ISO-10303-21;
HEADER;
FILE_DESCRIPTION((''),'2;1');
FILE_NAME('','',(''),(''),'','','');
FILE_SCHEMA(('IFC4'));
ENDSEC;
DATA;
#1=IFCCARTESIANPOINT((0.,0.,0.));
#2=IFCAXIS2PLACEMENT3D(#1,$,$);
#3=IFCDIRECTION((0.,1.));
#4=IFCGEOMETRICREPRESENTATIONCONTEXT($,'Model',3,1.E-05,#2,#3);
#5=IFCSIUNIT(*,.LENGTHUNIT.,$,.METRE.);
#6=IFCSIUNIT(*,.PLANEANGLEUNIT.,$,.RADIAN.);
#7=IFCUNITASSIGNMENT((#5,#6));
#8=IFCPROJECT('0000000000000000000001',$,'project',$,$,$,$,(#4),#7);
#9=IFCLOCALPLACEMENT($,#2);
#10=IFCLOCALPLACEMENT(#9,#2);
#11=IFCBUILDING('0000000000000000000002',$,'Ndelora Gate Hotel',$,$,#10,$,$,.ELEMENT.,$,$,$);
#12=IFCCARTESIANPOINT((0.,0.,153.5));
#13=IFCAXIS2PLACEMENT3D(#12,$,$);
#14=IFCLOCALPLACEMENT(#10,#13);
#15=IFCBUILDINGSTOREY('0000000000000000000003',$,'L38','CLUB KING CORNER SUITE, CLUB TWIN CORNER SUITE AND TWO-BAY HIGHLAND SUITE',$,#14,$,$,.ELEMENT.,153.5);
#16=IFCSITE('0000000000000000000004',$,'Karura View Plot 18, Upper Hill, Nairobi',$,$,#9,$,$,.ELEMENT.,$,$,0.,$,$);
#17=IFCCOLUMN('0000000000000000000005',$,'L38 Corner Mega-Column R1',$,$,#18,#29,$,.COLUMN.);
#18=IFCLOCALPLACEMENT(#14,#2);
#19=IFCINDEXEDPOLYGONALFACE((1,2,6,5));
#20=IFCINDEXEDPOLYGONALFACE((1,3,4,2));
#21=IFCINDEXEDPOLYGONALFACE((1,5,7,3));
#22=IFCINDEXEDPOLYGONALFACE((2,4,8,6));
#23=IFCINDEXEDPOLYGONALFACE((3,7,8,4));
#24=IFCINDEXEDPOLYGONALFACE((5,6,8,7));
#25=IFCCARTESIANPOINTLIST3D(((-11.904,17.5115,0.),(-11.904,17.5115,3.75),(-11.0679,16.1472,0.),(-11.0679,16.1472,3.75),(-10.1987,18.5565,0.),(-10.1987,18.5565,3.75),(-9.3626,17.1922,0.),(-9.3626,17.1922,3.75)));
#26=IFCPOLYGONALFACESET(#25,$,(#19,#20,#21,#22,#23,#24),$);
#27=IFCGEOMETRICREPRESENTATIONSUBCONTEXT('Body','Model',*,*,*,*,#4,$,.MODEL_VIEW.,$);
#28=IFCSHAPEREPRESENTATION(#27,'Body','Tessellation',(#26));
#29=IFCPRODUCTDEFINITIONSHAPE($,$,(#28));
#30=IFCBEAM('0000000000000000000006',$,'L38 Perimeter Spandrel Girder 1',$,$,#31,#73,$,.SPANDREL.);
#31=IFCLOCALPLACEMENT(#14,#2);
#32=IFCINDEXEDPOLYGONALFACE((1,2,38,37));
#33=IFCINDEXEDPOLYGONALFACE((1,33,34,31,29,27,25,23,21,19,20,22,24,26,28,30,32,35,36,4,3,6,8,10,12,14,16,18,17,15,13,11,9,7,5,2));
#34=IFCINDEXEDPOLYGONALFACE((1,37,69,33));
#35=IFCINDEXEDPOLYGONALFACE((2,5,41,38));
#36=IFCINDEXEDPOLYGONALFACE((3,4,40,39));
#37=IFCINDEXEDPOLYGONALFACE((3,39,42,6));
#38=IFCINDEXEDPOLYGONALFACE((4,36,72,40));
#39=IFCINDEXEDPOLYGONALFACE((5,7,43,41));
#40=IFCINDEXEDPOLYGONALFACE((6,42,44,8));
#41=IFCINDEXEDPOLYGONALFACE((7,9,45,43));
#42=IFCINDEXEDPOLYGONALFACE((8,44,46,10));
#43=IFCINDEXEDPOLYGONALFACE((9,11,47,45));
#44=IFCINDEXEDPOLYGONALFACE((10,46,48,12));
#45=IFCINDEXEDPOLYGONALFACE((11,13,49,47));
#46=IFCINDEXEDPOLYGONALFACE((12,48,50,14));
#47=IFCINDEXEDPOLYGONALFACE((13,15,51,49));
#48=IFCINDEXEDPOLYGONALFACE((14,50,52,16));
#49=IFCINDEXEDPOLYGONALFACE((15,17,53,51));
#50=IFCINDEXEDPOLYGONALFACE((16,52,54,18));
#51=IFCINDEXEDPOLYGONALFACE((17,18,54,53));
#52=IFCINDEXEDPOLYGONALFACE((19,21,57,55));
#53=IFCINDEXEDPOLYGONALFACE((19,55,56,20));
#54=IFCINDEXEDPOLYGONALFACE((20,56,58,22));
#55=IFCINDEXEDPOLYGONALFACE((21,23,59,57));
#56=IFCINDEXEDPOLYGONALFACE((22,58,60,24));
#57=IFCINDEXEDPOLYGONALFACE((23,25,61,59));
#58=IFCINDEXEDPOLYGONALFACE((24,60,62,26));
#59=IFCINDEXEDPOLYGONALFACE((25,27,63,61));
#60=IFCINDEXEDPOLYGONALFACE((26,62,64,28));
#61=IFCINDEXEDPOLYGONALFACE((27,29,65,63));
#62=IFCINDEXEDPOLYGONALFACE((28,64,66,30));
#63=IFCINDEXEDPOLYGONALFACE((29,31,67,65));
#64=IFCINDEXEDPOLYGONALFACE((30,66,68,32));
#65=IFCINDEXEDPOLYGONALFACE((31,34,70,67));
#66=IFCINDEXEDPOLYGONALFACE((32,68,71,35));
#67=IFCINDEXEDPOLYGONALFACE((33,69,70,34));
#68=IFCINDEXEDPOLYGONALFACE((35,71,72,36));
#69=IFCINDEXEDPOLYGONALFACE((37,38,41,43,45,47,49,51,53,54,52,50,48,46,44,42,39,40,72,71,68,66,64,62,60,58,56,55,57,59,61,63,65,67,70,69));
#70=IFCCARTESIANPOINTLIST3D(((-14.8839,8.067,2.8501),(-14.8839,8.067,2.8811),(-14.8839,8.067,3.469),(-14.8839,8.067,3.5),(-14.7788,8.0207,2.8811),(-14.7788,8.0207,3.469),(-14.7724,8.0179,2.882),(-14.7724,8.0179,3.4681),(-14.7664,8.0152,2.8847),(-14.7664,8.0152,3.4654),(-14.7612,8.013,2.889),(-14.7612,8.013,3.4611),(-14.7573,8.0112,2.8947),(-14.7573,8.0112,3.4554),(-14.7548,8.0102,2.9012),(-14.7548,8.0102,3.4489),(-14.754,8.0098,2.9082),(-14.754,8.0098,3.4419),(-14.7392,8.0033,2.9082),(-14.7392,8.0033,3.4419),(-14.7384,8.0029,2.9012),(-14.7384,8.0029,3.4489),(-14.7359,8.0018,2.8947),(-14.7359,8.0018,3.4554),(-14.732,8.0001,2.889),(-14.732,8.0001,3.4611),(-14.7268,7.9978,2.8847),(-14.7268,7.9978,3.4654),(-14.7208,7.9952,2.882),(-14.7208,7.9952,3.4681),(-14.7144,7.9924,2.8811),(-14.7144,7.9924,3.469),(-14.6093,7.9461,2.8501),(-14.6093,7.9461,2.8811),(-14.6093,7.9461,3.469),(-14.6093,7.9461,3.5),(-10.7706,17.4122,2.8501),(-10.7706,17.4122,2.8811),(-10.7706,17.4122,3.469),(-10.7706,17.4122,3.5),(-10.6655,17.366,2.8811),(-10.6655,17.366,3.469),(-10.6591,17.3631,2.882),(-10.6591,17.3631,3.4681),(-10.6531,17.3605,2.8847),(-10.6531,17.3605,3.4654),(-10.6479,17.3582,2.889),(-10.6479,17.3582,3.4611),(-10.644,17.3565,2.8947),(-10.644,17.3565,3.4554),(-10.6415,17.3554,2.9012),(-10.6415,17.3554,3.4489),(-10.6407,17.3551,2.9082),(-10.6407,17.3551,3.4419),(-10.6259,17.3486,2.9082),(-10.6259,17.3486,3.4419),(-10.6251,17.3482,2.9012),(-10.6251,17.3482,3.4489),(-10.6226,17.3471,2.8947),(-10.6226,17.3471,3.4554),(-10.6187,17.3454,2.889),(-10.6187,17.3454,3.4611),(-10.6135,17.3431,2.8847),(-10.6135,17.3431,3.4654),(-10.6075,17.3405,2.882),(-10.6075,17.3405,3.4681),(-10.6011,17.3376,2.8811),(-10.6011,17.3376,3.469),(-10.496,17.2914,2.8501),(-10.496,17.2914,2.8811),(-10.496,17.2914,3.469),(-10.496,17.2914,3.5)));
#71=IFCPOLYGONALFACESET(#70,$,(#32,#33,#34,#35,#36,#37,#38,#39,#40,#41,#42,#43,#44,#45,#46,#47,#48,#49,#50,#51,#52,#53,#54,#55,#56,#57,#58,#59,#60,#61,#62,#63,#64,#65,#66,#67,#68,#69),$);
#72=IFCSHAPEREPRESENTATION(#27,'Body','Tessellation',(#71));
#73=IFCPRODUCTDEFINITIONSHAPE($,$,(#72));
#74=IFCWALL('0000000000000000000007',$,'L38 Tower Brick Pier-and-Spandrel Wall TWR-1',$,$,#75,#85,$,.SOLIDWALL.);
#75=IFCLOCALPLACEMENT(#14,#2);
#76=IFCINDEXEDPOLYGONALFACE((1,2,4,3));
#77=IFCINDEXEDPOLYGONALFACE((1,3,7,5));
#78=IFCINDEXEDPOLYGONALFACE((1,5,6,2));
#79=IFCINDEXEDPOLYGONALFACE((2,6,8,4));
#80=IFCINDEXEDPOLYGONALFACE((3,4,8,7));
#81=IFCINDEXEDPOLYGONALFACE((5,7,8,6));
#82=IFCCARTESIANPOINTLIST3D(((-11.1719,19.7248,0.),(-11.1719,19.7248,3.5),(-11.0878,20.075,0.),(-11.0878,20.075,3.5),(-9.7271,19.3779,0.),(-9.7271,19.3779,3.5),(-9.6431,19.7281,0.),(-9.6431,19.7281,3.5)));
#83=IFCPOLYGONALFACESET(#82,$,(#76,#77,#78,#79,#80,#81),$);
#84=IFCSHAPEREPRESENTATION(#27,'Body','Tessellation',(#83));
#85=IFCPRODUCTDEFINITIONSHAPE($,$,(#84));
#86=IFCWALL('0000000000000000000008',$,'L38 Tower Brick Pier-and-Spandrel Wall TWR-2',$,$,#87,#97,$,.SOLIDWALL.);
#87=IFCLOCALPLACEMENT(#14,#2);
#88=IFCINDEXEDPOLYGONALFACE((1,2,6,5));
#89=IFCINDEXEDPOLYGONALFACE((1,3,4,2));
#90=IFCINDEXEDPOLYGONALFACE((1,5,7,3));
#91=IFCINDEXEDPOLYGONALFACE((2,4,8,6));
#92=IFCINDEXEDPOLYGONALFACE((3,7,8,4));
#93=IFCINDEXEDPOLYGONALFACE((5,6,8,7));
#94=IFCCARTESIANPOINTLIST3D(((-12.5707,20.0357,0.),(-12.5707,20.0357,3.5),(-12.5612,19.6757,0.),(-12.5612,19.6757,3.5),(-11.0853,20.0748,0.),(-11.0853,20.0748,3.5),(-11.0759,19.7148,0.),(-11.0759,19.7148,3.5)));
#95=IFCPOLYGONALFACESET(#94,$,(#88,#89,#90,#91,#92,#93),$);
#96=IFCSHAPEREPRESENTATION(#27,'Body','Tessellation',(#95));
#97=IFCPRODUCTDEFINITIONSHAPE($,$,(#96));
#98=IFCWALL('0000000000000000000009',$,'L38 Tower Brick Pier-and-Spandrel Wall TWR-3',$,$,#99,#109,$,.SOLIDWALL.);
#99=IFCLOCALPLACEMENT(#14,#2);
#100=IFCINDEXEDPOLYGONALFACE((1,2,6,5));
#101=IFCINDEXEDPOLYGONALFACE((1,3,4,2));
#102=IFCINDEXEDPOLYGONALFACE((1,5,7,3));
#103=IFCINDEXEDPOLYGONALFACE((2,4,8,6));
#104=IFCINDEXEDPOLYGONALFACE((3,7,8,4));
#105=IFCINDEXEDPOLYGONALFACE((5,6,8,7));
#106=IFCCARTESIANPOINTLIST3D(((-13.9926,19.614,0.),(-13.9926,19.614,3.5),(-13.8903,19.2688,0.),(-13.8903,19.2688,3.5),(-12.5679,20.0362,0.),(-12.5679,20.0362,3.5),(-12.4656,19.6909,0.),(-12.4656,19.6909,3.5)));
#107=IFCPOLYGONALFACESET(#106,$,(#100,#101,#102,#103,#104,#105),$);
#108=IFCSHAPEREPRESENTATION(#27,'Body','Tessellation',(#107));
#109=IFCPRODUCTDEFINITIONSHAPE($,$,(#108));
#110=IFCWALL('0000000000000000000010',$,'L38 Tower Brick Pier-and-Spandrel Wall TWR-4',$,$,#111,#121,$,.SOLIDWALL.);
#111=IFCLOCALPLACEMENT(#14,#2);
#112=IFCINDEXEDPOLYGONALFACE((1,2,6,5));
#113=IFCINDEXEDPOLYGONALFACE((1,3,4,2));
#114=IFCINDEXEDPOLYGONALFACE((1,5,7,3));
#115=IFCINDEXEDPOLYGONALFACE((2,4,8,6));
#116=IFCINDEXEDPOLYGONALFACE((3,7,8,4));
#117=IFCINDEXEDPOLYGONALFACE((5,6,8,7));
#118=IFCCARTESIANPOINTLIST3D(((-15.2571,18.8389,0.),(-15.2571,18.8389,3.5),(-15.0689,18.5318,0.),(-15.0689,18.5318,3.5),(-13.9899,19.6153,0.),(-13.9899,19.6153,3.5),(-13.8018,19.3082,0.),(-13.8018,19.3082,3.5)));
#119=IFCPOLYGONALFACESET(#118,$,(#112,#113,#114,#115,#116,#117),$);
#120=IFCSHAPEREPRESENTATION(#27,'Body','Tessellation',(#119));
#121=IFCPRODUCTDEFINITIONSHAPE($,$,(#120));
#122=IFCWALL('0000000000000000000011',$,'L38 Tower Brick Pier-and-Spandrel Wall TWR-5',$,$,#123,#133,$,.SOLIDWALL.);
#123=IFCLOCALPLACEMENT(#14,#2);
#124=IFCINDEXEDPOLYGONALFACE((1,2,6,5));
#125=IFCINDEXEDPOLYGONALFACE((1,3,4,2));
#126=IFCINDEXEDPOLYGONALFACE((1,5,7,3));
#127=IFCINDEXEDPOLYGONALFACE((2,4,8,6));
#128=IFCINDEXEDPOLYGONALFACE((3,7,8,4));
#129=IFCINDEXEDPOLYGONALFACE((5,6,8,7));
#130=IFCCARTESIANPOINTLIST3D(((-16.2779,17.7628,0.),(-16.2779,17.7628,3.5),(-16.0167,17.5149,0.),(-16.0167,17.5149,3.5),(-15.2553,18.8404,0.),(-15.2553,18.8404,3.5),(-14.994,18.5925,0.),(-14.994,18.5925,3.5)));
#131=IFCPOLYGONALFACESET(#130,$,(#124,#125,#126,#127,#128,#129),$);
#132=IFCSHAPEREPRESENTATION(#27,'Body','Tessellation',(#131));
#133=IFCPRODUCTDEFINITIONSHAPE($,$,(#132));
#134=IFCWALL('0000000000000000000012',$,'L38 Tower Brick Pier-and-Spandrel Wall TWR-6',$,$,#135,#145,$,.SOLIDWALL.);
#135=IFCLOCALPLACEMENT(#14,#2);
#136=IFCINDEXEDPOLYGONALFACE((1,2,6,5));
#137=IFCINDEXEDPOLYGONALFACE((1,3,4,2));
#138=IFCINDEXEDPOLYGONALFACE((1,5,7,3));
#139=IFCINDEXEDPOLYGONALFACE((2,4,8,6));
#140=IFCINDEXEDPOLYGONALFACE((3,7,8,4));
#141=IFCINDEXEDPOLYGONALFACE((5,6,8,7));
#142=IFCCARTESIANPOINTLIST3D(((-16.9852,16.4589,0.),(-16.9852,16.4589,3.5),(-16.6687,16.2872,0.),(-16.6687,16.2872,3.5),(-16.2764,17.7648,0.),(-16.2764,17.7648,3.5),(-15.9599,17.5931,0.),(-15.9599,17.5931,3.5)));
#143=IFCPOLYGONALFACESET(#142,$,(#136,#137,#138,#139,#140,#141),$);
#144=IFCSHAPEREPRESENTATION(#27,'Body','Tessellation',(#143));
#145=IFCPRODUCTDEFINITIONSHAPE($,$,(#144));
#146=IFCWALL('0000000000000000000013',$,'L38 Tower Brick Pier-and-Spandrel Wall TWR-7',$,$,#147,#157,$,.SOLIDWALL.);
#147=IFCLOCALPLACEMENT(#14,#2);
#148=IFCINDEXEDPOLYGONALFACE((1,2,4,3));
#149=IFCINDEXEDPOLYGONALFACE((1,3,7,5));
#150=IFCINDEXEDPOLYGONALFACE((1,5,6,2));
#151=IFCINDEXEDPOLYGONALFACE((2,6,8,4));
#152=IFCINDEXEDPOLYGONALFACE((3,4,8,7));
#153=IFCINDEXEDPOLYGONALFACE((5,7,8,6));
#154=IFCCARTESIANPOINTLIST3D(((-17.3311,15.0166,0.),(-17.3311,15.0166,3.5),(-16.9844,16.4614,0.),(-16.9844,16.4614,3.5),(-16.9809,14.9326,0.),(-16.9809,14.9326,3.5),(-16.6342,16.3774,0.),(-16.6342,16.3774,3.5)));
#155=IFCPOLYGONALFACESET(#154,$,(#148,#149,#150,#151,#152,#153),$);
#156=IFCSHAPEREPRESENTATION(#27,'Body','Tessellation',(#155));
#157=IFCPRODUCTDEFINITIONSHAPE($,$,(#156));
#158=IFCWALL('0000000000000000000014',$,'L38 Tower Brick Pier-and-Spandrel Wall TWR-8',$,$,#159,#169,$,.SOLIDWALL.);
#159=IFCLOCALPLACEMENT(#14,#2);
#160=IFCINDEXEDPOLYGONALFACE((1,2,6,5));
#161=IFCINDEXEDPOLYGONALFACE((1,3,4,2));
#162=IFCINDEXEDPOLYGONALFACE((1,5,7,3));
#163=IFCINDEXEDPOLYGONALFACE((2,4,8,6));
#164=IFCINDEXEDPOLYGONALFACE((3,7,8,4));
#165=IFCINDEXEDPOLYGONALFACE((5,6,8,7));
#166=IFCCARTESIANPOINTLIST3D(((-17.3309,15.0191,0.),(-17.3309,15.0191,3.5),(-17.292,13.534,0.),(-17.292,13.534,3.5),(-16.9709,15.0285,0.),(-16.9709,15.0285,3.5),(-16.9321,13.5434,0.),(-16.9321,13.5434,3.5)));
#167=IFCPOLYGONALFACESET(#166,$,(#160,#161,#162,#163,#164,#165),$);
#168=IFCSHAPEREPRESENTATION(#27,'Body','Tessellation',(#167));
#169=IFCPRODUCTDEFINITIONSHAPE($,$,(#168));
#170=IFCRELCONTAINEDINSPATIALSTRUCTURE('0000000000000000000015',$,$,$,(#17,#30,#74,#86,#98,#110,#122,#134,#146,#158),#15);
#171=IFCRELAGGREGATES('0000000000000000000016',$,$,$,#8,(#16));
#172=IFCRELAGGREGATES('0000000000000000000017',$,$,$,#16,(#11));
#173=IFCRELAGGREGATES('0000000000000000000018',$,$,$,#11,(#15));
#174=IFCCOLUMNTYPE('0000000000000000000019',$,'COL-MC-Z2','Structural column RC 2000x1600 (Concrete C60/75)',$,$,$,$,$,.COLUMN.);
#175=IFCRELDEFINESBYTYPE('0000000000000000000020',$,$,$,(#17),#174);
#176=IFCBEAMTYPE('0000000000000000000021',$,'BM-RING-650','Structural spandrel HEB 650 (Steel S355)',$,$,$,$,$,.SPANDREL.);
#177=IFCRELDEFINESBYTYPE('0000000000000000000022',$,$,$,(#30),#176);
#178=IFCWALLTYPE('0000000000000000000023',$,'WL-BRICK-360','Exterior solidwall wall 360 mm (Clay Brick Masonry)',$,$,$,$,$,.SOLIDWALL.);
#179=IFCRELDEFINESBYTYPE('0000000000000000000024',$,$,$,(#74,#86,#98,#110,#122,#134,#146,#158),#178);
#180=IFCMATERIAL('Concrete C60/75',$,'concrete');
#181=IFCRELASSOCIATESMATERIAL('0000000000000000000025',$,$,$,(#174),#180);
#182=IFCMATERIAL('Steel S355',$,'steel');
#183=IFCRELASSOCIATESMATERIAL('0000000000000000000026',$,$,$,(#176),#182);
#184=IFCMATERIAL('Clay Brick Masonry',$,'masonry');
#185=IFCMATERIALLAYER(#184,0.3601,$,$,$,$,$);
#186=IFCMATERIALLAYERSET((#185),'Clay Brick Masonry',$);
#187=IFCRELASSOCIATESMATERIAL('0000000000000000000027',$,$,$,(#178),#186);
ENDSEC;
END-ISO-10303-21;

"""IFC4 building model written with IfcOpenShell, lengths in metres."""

from ifc_helpers import new_model, si_unit, direction, frame, frame_2d, origin, origin_2d, place, context, subcontext, project, spatial, rectangle, i_section, extrude, material, layer, layer_set, material_profile, profile_set, type_object, element, save


model = new_model("IFC4")

# Units and contexts
model_context = context("Model", 3, precision=1e-05, world=origin(), true_north=direction((0.0, 1.0)))
body_context = subcontext(model_context, "Body", "Model", "MODEL_VIEW")
ifc_project = project(units=[si_unit("LENGTHUNIT", "METRE"), si_unit("PLANEANGLEUNIT", "RADIAN")], contexts=[model_context])

# Site, building, storey
site_placement = place(None, origin())
site = spatial("IfcSite", under=ifc_project, at=site_placement, Name="Karura View Plot 18, Upper Hill, Nairobi", CompositionType="ELEMENT", RefElevation=0.0)
building_placement = place(site_placement, origin())
building = spatial("IfcBuilding", under=site, at=building_placement, Name="Ndelora Gate Hotel", CompositionType="ELEMENT")
storey_placement = place(building_placement, frame((0.0, 0.0, 153.5)))
storey = spatial("IfcBuildingStorey", under=building, at=storey_placement, Name="L38", Description="CLUB KING CORNER SUITE, CLUB TWIN CORNER SUITE AND TWO-BAY HIGHLAND SUITE", CompositionType="ELEMENT", Elevation=153.5)

# Column
ifc_material_1 = material(Name="Concrete C60/75", Category="concrete")
ifc_material_profile_1 = material_profile(ifc_material_1, rectangle(XDim=1.6001, YDim=2.0, at=origin_2d()), Name="RC 2000x1600")
ifc_profile_set_1 = profile_set([ifc_material_profile_1], Name="Concrete C60/75")
column_type = type_object("IfcColumnType", Name="COL-MC-Z2", Description="Structural column RC 2000x1600 (Concrete C60/75)", PredefinedType="COLUMN", material=ifc_profile_set_1)
column_placement = place(storey_placement, frame((-10.6333, 17.3518, 0.0), z_axis=(0.0, 0.0, 1.0), x_axis=(-0.522499, 0.85264, 0.0)))
element("IfcColumn", 1, at=column_placement, inside=storey, type_object=column_type, Name="L38 Corner Mega-Column R1", PredefinedType="COLUMN", context=body_context, shape_type="SweptSolid", body=[
    extrude(rectangle(XDim=1.6001, YDim=2.0, at=origin_2d()), origin(), (0.0, 0.0, 1.0), 3.75),
])

# Beam
ifc_material_2 = material(Name="Steel S355", Category="steel")
ifc_material_profile_2 = material_profile(ifc_material_2, i_section(OverallWidth=0.3, OverallDepth=0.6499, WebThickness=0.0161, FlangeThickness=0.031, FilletRadius=0.0271, at=origin_2d()), Name="HEB 650")
ifc_profile_set_2 = profile_set([ifc_material_profile_2], Name="Steel S355")
beam_type = type_object("IfcBeamType", Name="BM-RING-650", Description="Structural spandrel HEB 650 (Steel S355)", PredefinedType="SPANDREL", material=ifc_profile_set_2)
beam_placement = place(storey_placement, frame((-10.6333, 17.3518, 3.175), z_axis=(-0.402852, -0.915265, 0.0), x_axis=(0.915265, -0.402852, 0.0)))
element("IfcBeam", 2, at=beam_placement, inside=storey, type_object=beam_type, Name="L38 Perimeter Spandrel Girder 1", PredefinedType="SPANDREL", context=body_context, shape_type="SweptSolid", body=[
    extrude(i_section(OverallWidth=0.3, OverallDepth=0.6499, WebThickness=0.0161, FlangeThickness=0.031, FilletRadius=0.0271, at=origin_2d()), origin(), (0.0, 0.0, 1.0), 10.2104),
])

# Walls
ifc_material_3 = material(Name="Clay Brick Masonry", Category="masonry")
ifc_layer_1 = layer(ifc_material_3, 0.3601)
ifc_layer_set_1 = layer_set([ifc_layer_1], Name="Clay Brick Masonry")
wall_type_1 = type_object("IfcWallType", Name="WL-BRICK-360", Description="Exterior solidwall wall 360 mm (Clay Brick Masonry)", PredefinedType="SOLIDWALL", material=ifc_layer_set_1)
for number, where, z_axis, x_axis, name in (
    (3, (-11.1299, 19.8999, 0.0), (0.0, 0.0, 1.0), (0.972362, -0.233479, 0.0), "L38 Tower Brick Pier-and-Spandrel Wall TWR-1"),
    (4, (-12.5659, 19.8557, 0.0), (0.0, 0.0, 1.0), (0.999654, 0.026289, 0.0), "L38 Tower Brick Pier-and-Spandrel Wall TWR-2"),
    (5, (-13.9414, 19.4414, 0.0), (0.0, 0.0, 1.0), (0.958793, 0.284105, 0.0), "L38 Tower Brick Pier-and-Spandrel Wall TWR-3"),
):
    element("IfcWall", number, at=place(storey_placement, frame(where, z_axis=z_axis, x_axis=x_axis)), inside=storey, type_object=wall_type_1, Name=name, PredefinedType="SOLIDWALL", context=body_context, shape_type="SweptSolid", body=[
        extrude(rectangle(XDim=1.4858, YDim=0.3601, at=frame_2d((0.7429, 0.0))), origin(), (0.0, 0.0, 1.0), 3.5),
    ])
wall_1_placement = place(storey_placement, frame((-15.1631, 18.6853, 0.0), z_axis=(0.0, 0.0, 1.0), x_axis=(0.852672, 0.522446, 0.0)))
element("IfcWall", 6, at=wall_1_placement, inside=storey, type_object=wall_type_1, Name="L38 Tower Brick Pier-and-Spandrel Wall TWR-4", PredefinedType="SOLIDWALL", context=body_context, shape_type="SweptSolid", body=[
    extrude(rectangle(XDim=1.4861, YDim=0.3601, at=frame_2d((0.7432, 0.0))), origin(), (0.0, 0.0, 1.0), 3.5),
])
wall_2_placement = place(storey_placement, frame((-16.1472, 17.6389, 0.0), z_axis=(0.0, 0.0, 1.0), x_axis=(0.688378, 0.725352, 0.0)))
element("IfcWall", 7, at=wall_2_placement, inside=storey, type_object=wall_type_1, Name="L38 Tower Brick Pier-and-Spandrel Wall TWR-5", PredefinedType="SOLIDWALL", context=body_context, shape_type="SweptSolid", body=[
    extrude(rectangle(XDim=1.4856, YDim=0.3601, at=frame_2d((0.7427, 0.0))), origin(), (0.0, 0.0, 1.0), 3.5),
])
for number, where, z_axis, x_axis, name in (
    (8, (-16.8269, 16.373, 0.0), (0.0, 0.0, 1.0), (0.476998, 0.878905, 0.0), "L38 Tower Brick Pier-and-Spandrel Wall TWR-6"),
    (9, (-17.156, 14.9746, 0.0), (0.0, 0.0, 1.0), (0.233323, 0.972399, 0.0), "L38 Tower Brick Pier-and-Spandrel Wall TWR-7"),
):
    element("IfcWall", number, at=place(storey_placement, frame(where, z_axis=z_axis, x_axis=x_axis)), inside=storey, type_object=wall_type_1, Name=name, PredefinedType="SOLIDWALL", context=body_context, shape_type="SweptSolid", body=[
        extrude(rectangle(XDim=1.4858, YDim=0.3601, at=frame_2d((0.7429, 0.0))), origin(), (0.0, 0.0, 1.0), 3.5),
    ])
wall_3_placement = place(storey_placement, frame((-17.1121, 13.5388, 0.0), z_axis=(0.0, 0.0, 1.0), x_axis=(-0.026129, 0.999659, 0.0)))
element("IfcWall", 10, at=wall_3_placement, inside=storey, type_object=wall_type_1, Name="L38 Tower Brick Pier-and-Spandrel Wall TWR-8", PredefinedType="SOLIDWALL", context=body_context, shape_type="SweptSolid", body=[
    extrude(rectangle(XDim=1.4856, YDim=0.3601, at=frame_2d((0.7427, 0.0))), origin(), (0.0, 0.0, 1.0), 3.5),
])

save(model, "model.ifc")
